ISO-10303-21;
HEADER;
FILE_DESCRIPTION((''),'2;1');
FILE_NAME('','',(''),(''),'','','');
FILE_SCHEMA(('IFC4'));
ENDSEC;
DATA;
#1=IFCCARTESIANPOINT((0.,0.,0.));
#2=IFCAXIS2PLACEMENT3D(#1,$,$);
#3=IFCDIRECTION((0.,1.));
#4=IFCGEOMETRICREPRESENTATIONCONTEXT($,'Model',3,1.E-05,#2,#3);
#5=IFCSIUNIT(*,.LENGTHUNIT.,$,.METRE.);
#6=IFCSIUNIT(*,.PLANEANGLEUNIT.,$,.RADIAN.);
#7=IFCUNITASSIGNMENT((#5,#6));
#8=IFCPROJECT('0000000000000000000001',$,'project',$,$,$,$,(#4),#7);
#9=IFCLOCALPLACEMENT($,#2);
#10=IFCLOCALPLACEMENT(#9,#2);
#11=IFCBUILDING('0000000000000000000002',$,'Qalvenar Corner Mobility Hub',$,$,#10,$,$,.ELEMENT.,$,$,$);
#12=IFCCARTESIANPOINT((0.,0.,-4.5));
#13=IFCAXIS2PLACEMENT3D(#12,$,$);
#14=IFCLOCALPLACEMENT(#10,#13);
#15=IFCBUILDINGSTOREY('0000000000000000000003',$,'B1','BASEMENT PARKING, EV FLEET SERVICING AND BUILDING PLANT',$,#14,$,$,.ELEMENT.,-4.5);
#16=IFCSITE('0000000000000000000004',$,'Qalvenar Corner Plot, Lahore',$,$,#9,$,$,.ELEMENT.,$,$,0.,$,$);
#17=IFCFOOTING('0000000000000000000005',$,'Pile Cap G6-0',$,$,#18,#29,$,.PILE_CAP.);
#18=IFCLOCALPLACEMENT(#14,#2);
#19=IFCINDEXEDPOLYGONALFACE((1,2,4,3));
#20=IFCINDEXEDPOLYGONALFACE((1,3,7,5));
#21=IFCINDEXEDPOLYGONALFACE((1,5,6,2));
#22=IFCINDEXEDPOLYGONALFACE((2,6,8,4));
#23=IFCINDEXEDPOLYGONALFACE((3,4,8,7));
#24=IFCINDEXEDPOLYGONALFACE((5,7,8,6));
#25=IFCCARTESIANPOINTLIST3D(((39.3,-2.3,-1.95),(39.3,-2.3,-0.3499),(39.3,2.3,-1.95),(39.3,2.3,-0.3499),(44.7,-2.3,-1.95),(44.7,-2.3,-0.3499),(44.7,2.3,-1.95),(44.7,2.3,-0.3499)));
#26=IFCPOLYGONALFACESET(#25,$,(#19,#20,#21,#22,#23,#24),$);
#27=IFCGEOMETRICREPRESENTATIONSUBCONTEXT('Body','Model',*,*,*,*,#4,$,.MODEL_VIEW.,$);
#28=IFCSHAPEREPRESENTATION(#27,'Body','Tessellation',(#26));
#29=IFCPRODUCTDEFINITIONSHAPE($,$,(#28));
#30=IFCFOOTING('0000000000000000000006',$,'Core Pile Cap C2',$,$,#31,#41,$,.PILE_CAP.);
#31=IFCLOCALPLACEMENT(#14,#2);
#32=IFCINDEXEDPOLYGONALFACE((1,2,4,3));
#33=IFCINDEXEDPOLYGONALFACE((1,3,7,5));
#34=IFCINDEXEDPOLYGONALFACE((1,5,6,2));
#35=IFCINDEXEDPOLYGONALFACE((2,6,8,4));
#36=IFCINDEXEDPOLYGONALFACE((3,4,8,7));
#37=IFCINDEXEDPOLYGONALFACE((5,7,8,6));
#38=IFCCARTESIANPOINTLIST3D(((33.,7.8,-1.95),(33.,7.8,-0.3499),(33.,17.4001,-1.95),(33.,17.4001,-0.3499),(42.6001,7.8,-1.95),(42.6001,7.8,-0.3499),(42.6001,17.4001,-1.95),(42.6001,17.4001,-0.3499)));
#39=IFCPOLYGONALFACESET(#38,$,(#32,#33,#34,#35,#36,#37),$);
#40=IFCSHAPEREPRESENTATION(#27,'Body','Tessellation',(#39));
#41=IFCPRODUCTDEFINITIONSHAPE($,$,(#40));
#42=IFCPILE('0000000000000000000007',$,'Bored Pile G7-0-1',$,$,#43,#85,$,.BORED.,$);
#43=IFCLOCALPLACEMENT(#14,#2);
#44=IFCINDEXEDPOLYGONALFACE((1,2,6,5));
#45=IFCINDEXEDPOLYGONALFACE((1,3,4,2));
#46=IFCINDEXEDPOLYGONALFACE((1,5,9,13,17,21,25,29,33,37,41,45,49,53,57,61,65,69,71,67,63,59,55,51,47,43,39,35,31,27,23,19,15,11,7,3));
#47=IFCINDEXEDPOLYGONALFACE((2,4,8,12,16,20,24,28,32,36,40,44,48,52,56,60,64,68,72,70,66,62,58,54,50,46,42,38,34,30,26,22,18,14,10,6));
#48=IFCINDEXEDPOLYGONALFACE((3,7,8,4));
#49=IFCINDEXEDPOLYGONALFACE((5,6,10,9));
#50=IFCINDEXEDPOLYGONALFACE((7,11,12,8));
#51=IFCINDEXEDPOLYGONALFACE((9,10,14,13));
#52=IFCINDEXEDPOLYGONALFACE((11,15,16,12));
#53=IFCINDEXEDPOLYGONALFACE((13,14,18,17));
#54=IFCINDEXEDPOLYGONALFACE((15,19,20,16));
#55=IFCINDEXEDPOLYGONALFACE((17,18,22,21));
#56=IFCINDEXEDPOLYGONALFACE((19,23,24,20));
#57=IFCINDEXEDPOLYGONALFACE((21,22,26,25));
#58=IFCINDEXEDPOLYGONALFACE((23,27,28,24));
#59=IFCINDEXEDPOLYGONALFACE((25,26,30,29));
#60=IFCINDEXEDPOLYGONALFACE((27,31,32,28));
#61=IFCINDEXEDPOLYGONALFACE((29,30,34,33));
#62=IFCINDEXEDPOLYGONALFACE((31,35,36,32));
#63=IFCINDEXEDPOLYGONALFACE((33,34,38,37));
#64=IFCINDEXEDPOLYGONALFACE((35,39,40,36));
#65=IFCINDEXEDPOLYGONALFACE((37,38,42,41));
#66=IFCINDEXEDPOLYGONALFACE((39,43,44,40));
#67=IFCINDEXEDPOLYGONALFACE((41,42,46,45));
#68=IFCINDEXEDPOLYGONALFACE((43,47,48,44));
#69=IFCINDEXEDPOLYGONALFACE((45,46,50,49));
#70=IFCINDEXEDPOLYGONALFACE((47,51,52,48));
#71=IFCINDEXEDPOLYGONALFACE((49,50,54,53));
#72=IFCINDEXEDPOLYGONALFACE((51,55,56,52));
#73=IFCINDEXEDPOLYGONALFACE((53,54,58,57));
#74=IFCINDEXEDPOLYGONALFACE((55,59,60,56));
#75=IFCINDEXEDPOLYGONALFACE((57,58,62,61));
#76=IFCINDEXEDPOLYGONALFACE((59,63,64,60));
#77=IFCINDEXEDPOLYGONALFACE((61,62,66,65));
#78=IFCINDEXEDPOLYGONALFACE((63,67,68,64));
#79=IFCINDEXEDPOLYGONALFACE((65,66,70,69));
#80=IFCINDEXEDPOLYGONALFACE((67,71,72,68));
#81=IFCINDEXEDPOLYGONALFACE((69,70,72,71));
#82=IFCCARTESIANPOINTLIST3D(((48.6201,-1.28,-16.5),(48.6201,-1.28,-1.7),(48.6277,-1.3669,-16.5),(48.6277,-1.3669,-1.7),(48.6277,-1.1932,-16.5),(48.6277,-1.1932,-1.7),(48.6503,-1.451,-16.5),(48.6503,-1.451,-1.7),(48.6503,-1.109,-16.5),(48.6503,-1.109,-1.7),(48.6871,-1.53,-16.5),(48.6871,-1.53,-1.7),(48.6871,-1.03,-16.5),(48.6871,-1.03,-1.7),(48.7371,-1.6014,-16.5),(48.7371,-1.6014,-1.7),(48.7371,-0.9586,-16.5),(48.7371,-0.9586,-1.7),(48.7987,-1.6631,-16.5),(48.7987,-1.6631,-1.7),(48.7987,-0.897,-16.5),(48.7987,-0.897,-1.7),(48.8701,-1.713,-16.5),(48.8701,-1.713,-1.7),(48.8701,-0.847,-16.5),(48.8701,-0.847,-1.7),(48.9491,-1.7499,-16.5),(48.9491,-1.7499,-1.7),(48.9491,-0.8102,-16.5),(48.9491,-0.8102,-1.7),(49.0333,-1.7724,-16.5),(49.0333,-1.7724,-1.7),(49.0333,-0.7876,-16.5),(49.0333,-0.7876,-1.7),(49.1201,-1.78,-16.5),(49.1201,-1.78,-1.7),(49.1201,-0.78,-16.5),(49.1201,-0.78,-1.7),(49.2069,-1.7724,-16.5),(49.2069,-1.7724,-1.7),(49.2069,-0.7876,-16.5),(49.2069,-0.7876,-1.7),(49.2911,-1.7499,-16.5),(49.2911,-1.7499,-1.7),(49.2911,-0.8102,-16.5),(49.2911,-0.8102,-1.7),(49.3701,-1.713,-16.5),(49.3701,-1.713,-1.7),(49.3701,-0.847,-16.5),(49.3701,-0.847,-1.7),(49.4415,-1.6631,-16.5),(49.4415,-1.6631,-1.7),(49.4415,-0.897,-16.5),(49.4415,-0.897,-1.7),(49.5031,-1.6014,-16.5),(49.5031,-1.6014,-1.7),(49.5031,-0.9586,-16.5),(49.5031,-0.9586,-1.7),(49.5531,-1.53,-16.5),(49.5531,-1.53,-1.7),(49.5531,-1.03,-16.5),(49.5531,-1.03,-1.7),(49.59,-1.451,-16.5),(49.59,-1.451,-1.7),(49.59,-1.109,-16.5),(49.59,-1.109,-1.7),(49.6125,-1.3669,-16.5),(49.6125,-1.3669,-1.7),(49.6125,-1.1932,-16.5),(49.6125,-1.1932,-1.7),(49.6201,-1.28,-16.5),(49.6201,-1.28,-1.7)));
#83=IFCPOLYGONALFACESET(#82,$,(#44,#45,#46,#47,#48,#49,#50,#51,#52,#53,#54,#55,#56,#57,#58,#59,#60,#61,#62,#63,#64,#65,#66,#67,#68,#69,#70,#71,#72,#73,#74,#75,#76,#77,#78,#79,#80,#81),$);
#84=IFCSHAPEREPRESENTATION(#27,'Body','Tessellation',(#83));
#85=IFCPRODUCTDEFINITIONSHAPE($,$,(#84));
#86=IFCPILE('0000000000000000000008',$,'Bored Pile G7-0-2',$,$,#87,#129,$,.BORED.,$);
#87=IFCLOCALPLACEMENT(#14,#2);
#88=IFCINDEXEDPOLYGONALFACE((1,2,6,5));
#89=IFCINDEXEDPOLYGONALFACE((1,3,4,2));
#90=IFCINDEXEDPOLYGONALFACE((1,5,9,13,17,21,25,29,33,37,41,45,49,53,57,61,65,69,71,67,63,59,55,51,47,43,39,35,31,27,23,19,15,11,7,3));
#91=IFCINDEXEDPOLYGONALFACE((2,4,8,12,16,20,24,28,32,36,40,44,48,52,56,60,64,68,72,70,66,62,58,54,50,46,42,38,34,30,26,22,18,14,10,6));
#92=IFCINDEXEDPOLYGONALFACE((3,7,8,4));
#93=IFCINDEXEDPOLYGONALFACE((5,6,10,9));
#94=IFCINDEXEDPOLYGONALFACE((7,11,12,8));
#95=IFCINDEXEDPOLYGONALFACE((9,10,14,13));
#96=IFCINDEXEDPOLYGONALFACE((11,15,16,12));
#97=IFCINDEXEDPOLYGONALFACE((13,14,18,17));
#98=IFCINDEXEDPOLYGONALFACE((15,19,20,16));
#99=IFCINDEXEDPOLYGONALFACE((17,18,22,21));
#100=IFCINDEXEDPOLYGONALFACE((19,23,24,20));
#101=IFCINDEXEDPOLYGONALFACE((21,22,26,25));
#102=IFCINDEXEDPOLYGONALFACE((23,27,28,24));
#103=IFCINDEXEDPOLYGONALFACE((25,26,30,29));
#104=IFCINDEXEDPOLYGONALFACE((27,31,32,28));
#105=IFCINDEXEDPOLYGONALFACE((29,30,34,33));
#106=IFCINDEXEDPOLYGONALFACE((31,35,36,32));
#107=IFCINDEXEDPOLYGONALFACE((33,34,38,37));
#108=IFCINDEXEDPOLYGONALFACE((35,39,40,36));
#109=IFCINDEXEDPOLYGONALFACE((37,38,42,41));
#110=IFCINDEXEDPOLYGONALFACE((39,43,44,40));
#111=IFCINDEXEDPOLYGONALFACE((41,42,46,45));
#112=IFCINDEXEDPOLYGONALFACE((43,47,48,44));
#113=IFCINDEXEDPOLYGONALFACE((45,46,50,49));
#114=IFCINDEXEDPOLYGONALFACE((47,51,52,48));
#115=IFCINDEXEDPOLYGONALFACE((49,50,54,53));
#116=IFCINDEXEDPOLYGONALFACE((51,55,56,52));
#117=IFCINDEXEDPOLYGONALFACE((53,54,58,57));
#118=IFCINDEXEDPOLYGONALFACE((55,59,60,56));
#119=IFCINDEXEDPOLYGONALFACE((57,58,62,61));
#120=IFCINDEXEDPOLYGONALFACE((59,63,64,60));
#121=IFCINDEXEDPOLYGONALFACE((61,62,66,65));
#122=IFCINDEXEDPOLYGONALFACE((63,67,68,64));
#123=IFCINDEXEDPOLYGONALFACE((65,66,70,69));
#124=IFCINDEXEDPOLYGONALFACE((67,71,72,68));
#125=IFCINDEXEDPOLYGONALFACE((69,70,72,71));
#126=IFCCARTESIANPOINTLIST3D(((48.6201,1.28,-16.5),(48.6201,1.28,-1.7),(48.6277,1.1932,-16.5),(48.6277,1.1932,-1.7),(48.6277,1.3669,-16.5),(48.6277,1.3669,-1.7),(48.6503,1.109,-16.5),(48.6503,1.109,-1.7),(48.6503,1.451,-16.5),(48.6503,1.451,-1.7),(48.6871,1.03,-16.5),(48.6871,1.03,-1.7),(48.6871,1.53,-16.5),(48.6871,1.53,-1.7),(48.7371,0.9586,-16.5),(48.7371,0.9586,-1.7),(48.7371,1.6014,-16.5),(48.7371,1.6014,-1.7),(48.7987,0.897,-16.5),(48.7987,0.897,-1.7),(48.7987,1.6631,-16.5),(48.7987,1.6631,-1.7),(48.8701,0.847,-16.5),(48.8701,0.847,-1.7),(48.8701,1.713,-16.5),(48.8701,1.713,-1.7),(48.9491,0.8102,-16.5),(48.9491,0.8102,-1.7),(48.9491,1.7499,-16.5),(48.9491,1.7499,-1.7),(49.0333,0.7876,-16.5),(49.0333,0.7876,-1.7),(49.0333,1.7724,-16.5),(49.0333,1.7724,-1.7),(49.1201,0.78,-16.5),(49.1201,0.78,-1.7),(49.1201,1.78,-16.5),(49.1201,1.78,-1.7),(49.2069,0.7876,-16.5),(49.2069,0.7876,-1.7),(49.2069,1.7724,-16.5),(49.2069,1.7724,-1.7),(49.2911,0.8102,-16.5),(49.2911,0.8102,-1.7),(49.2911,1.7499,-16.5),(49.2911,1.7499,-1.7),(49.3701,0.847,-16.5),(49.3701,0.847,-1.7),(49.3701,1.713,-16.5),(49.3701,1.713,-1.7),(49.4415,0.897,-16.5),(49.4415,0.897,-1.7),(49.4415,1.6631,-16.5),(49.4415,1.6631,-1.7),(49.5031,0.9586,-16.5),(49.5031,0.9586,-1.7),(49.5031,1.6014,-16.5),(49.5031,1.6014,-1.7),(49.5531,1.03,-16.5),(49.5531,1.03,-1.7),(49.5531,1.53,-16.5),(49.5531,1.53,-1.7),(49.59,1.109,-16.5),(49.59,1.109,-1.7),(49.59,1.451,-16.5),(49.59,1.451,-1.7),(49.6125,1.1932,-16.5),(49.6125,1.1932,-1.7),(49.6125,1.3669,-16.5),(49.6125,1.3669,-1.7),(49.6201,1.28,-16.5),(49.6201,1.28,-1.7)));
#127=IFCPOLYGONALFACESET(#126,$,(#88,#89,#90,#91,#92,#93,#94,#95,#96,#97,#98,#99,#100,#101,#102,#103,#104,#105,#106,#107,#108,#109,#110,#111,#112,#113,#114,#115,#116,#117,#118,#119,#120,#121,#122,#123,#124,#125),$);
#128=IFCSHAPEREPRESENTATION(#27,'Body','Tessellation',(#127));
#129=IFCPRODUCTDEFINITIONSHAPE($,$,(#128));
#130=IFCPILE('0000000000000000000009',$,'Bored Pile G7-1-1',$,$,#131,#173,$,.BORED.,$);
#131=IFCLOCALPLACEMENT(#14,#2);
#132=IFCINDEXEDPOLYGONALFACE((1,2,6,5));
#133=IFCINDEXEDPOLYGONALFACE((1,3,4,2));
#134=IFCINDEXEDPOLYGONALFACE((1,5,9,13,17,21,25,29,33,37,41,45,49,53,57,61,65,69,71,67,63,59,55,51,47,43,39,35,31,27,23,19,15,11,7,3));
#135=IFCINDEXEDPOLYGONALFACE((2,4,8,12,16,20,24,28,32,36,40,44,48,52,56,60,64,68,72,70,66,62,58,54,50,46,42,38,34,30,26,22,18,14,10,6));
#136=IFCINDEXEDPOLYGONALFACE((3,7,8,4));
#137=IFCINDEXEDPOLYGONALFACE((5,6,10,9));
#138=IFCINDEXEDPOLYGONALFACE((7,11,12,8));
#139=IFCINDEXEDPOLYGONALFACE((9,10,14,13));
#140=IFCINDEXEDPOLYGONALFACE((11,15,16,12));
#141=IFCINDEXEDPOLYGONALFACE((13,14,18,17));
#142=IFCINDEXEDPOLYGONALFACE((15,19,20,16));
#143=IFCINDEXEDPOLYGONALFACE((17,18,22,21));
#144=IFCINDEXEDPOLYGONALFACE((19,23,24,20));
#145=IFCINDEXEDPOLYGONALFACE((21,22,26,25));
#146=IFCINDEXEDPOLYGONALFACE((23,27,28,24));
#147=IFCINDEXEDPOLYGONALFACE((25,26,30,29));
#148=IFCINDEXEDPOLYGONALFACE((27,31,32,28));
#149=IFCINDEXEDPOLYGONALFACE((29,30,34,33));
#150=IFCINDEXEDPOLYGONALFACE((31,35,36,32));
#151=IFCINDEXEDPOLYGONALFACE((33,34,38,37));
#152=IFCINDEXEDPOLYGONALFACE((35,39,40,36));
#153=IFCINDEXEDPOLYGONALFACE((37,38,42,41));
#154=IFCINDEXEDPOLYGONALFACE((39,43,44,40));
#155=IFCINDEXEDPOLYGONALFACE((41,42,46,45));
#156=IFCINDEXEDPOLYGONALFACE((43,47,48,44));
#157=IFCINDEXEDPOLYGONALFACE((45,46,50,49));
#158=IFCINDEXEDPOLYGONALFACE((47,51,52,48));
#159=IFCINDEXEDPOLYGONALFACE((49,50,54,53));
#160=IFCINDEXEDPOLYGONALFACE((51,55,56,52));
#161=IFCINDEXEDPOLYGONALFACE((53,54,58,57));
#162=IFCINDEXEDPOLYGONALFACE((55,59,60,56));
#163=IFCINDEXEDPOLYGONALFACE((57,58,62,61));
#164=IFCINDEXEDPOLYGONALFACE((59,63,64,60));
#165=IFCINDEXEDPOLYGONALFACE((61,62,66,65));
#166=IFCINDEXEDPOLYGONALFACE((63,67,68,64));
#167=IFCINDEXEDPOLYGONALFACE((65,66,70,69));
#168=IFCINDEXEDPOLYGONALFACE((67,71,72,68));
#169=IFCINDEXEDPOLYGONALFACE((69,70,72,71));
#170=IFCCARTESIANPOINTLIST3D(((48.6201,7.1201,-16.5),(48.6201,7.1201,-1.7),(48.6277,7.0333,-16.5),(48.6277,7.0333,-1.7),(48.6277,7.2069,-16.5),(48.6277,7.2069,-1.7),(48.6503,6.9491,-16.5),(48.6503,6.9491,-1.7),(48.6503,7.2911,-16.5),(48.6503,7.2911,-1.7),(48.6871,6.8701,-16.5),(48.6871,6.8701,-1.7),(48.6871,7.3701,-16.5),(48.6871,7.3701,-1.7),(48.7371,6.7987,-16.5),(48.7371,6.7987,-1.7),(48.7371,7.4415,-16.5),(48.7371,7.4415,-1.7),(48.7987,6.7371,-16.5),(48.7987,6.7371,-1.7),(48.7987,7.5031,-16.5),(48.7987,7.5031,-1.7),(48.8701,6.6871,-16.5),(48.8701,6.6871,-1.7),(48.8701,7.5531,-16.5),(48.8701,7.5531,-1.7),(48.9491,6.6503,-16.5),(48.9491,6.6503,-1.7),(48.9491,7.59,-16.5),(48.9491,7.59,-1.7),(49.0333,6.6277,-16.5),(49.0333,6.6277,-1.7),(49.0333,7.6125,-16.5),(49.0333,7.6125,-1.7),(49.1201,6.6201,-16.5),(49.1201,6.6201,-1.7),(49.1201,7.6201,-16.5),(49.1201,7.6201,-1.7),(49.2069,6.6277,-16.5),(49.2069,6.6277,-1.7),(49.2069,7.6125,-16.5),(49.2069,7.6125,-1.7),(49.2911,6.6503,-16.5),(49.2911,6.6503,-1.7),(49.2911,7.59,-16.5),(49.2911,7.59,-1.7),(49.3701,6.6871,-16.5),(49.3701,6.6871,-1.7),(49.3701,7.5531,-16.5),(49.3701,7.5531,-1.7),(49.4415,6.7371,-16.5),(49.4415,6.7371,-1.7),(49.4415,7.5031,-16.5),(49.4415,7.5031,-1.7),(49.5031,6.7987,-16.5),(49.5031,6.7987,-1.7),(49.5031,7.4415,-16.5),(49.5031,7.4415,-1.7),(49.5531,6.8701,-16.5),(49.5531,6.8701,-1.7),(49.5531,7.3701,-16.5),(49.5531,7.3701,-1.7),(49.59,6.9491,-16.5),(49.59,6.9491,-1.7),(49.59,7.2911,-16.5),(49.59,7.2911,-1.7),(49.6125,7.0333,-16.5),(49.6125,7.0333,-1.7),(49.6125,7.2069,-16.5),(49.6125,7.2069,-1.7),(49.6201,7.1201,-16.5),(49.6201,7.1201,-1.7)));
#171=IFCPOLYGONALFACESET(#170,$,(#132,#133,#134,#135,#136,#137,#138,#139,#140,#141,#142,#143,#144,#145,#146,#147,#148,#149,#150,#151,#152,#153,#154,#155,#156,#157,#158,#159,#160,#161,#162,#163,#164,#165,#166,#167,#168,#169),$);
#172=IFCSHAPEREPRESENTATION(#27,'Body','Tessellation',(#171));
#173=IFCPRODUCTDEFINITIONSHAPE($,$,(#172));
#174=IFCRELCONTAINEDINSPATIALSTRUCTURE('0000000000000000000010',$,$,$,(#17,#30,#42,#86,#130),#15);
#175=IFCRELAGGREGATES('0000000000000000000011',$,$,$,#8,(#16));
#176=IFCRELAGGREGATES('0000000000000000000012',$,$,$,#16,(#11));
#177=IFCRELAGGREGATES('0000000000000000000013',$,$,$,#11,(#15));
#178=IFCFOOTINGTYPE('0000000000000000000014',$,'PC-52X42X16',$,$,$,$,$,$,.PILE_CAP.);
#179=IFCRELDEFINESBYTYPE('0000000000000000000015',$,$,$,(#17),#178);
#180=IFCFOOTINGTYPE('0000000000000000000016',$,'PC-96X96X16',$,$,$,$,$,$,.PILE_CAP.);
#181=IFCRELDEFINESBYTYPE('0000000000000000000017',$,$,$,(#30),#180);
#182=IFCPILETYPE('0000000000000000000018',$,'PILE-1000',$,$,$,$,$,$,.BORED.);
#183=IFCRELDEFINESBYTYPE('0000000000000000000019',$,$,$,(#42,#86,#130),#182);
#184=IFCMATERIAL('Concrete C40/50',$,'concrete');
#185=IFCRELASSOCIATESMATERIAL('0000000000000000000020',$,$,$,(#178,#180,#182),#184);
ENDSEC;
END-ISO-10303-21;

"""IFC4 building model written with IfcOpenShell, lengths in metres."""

from ifc_helpers import new_model, si_unit, direction, frame, origin, origin_2d, place, context, subcontext, project, spatial, rectangle, circle, extrude, material, material_profile, profile_set, type_object, element, save


model = new_model("IFC4")

# Units and contexts
model_context = context("Model", 3, precision=1e-05, world=origin(), true_north=direction((0.0, 1.0)))
body_context = subcontext(model_context, "Body", "Model", "MODEL_VIEW")
ifc_project = project(units=[si_unit("LENGTHUNIT", "METRE"), si_unit("PLANEANGLEUNIT", "RADIAN")], contexts=[model_context])

# Site, building, storey
site_placement = place(None, origin())
site = spatial("IfcSite", under=ifc_project, at=site_placement, Name="Qalvenar Corner Plot, Lahore", CompositionType="ELEMENT", RefElevation=0.0)
building_placement = place(site_placement, origin())
building = spatial("IfcBuilding", under=site, at=building_placement, Name="Qalvenar Corner Mobility Hub", CompositionType="ELEMENT")
storey_placement = place(building_placement, frame((0.0, 0.0, -4.5)))
storey = spatial("IfcBuildingStorey", under=building, at=storey_placement, Name="B1", Description="BASEMENT PARKING, EV FLEET SERVICING AND BUILDING PLANT", CompositionType="ELEMENT", Elevation=-4.5)

# Footings
ifc_material_1 = material(Name="Concrete C40/50", Category="concrete")
footing_type_1 = type_object("IfcFootingType", Name="PC-52X42X16", PredefinedType="PILE_CAP", material=ifc_material_1)
footing_1_placement = place(storey_placement, frame((42.0, 0.0, -1.95), z_axis=(0.0, 0.0, 1.0), x_axis=(1.0, 0.0, 0.0)))
element("IfcFooting", 1, at=footing_1_placement, inside=storey, type_object=footing_type_1, Name="Pile Cap G6-0", PredefinedType="PILE_CAP", context=body_context, shape_type="SweptSolid", body=[
    extrude(rectangle(XDim=5.3999, YDim=4.6001, at=origin_2d()), origin(), (0.0, 0.0, 1.0), 1.6001),
])
footing_type_2 = type_object("IfcFootingType", Name="PC-96X96X16", PredefinedType="PILE_CAP", material=ifc_material_1)
footing_2_placement = place(storey_placement, frame((37.8, 12.6001, -1.95), z_axis=(0.0, 0.0, 1.0), x_axis=(1.0, 0.0, 0.0)))
element("IfcFooting", 2, at=footing_2_placement, inside=storey, type_object=footing_type_2, Name="Core Pile Cap C2", PredefinedType="PILE_CAP", context=body_context, shape_type="SweptSolid", body=[
    extrude(rectangle(XDim=9.6001, YDim=9.6001, at=origin_2d()), origin(), (0.0, 0.0, 1.0), 1.6001),
])

# Piles
ifc_material_profile_1 = material_profile(ifc_material_1, circle(Radius=0.5, at=origin_2d()), Name="DIA1000")
ifc_profile_set_1 = profile_set([ifc_material_profile_1], Name="Concrete C40/50")
pile_type_1 = type_object("IfcPileType", Name="PILE-1000", PredefinedType="BORED", material=ifc_profile_set_1)
for number, where, z_axis, x_axis, name in (
    (3, (49.1201, -1.28, -1.7), (0.0, 0.0, -1.0), (1.0, 0.0, 0.0), "Bored Pile G7-0-1"),
    (4, (49.1201, 1.28, -1.7), (0.0, 0.0, -1.0), (1.0, 0.0, 0.0), "Bored Pile G7-0-2"),
    (5, (49.1201, 7.1201, -1.7), (0.0, 0.0, -1.0), (1.0, 0.0, 0.0), "Bored Pile G7-1-1"),
):
    element("IfcPile", number, at=place(storey_placement, frame(where, z_axis=z_axis, x_axis=x_axis)), inside=storey, type_object=pile_type_1, Name=name, PredefinedType="BORED", context=body_context, shape_type="SweptSolid", body=[
        extrude(circle(Radius=0.5, at=origin_2d()), origin(), (0.0, 0.0, 1.0), 14.8),
    ])

save(model, "model.ifc")
